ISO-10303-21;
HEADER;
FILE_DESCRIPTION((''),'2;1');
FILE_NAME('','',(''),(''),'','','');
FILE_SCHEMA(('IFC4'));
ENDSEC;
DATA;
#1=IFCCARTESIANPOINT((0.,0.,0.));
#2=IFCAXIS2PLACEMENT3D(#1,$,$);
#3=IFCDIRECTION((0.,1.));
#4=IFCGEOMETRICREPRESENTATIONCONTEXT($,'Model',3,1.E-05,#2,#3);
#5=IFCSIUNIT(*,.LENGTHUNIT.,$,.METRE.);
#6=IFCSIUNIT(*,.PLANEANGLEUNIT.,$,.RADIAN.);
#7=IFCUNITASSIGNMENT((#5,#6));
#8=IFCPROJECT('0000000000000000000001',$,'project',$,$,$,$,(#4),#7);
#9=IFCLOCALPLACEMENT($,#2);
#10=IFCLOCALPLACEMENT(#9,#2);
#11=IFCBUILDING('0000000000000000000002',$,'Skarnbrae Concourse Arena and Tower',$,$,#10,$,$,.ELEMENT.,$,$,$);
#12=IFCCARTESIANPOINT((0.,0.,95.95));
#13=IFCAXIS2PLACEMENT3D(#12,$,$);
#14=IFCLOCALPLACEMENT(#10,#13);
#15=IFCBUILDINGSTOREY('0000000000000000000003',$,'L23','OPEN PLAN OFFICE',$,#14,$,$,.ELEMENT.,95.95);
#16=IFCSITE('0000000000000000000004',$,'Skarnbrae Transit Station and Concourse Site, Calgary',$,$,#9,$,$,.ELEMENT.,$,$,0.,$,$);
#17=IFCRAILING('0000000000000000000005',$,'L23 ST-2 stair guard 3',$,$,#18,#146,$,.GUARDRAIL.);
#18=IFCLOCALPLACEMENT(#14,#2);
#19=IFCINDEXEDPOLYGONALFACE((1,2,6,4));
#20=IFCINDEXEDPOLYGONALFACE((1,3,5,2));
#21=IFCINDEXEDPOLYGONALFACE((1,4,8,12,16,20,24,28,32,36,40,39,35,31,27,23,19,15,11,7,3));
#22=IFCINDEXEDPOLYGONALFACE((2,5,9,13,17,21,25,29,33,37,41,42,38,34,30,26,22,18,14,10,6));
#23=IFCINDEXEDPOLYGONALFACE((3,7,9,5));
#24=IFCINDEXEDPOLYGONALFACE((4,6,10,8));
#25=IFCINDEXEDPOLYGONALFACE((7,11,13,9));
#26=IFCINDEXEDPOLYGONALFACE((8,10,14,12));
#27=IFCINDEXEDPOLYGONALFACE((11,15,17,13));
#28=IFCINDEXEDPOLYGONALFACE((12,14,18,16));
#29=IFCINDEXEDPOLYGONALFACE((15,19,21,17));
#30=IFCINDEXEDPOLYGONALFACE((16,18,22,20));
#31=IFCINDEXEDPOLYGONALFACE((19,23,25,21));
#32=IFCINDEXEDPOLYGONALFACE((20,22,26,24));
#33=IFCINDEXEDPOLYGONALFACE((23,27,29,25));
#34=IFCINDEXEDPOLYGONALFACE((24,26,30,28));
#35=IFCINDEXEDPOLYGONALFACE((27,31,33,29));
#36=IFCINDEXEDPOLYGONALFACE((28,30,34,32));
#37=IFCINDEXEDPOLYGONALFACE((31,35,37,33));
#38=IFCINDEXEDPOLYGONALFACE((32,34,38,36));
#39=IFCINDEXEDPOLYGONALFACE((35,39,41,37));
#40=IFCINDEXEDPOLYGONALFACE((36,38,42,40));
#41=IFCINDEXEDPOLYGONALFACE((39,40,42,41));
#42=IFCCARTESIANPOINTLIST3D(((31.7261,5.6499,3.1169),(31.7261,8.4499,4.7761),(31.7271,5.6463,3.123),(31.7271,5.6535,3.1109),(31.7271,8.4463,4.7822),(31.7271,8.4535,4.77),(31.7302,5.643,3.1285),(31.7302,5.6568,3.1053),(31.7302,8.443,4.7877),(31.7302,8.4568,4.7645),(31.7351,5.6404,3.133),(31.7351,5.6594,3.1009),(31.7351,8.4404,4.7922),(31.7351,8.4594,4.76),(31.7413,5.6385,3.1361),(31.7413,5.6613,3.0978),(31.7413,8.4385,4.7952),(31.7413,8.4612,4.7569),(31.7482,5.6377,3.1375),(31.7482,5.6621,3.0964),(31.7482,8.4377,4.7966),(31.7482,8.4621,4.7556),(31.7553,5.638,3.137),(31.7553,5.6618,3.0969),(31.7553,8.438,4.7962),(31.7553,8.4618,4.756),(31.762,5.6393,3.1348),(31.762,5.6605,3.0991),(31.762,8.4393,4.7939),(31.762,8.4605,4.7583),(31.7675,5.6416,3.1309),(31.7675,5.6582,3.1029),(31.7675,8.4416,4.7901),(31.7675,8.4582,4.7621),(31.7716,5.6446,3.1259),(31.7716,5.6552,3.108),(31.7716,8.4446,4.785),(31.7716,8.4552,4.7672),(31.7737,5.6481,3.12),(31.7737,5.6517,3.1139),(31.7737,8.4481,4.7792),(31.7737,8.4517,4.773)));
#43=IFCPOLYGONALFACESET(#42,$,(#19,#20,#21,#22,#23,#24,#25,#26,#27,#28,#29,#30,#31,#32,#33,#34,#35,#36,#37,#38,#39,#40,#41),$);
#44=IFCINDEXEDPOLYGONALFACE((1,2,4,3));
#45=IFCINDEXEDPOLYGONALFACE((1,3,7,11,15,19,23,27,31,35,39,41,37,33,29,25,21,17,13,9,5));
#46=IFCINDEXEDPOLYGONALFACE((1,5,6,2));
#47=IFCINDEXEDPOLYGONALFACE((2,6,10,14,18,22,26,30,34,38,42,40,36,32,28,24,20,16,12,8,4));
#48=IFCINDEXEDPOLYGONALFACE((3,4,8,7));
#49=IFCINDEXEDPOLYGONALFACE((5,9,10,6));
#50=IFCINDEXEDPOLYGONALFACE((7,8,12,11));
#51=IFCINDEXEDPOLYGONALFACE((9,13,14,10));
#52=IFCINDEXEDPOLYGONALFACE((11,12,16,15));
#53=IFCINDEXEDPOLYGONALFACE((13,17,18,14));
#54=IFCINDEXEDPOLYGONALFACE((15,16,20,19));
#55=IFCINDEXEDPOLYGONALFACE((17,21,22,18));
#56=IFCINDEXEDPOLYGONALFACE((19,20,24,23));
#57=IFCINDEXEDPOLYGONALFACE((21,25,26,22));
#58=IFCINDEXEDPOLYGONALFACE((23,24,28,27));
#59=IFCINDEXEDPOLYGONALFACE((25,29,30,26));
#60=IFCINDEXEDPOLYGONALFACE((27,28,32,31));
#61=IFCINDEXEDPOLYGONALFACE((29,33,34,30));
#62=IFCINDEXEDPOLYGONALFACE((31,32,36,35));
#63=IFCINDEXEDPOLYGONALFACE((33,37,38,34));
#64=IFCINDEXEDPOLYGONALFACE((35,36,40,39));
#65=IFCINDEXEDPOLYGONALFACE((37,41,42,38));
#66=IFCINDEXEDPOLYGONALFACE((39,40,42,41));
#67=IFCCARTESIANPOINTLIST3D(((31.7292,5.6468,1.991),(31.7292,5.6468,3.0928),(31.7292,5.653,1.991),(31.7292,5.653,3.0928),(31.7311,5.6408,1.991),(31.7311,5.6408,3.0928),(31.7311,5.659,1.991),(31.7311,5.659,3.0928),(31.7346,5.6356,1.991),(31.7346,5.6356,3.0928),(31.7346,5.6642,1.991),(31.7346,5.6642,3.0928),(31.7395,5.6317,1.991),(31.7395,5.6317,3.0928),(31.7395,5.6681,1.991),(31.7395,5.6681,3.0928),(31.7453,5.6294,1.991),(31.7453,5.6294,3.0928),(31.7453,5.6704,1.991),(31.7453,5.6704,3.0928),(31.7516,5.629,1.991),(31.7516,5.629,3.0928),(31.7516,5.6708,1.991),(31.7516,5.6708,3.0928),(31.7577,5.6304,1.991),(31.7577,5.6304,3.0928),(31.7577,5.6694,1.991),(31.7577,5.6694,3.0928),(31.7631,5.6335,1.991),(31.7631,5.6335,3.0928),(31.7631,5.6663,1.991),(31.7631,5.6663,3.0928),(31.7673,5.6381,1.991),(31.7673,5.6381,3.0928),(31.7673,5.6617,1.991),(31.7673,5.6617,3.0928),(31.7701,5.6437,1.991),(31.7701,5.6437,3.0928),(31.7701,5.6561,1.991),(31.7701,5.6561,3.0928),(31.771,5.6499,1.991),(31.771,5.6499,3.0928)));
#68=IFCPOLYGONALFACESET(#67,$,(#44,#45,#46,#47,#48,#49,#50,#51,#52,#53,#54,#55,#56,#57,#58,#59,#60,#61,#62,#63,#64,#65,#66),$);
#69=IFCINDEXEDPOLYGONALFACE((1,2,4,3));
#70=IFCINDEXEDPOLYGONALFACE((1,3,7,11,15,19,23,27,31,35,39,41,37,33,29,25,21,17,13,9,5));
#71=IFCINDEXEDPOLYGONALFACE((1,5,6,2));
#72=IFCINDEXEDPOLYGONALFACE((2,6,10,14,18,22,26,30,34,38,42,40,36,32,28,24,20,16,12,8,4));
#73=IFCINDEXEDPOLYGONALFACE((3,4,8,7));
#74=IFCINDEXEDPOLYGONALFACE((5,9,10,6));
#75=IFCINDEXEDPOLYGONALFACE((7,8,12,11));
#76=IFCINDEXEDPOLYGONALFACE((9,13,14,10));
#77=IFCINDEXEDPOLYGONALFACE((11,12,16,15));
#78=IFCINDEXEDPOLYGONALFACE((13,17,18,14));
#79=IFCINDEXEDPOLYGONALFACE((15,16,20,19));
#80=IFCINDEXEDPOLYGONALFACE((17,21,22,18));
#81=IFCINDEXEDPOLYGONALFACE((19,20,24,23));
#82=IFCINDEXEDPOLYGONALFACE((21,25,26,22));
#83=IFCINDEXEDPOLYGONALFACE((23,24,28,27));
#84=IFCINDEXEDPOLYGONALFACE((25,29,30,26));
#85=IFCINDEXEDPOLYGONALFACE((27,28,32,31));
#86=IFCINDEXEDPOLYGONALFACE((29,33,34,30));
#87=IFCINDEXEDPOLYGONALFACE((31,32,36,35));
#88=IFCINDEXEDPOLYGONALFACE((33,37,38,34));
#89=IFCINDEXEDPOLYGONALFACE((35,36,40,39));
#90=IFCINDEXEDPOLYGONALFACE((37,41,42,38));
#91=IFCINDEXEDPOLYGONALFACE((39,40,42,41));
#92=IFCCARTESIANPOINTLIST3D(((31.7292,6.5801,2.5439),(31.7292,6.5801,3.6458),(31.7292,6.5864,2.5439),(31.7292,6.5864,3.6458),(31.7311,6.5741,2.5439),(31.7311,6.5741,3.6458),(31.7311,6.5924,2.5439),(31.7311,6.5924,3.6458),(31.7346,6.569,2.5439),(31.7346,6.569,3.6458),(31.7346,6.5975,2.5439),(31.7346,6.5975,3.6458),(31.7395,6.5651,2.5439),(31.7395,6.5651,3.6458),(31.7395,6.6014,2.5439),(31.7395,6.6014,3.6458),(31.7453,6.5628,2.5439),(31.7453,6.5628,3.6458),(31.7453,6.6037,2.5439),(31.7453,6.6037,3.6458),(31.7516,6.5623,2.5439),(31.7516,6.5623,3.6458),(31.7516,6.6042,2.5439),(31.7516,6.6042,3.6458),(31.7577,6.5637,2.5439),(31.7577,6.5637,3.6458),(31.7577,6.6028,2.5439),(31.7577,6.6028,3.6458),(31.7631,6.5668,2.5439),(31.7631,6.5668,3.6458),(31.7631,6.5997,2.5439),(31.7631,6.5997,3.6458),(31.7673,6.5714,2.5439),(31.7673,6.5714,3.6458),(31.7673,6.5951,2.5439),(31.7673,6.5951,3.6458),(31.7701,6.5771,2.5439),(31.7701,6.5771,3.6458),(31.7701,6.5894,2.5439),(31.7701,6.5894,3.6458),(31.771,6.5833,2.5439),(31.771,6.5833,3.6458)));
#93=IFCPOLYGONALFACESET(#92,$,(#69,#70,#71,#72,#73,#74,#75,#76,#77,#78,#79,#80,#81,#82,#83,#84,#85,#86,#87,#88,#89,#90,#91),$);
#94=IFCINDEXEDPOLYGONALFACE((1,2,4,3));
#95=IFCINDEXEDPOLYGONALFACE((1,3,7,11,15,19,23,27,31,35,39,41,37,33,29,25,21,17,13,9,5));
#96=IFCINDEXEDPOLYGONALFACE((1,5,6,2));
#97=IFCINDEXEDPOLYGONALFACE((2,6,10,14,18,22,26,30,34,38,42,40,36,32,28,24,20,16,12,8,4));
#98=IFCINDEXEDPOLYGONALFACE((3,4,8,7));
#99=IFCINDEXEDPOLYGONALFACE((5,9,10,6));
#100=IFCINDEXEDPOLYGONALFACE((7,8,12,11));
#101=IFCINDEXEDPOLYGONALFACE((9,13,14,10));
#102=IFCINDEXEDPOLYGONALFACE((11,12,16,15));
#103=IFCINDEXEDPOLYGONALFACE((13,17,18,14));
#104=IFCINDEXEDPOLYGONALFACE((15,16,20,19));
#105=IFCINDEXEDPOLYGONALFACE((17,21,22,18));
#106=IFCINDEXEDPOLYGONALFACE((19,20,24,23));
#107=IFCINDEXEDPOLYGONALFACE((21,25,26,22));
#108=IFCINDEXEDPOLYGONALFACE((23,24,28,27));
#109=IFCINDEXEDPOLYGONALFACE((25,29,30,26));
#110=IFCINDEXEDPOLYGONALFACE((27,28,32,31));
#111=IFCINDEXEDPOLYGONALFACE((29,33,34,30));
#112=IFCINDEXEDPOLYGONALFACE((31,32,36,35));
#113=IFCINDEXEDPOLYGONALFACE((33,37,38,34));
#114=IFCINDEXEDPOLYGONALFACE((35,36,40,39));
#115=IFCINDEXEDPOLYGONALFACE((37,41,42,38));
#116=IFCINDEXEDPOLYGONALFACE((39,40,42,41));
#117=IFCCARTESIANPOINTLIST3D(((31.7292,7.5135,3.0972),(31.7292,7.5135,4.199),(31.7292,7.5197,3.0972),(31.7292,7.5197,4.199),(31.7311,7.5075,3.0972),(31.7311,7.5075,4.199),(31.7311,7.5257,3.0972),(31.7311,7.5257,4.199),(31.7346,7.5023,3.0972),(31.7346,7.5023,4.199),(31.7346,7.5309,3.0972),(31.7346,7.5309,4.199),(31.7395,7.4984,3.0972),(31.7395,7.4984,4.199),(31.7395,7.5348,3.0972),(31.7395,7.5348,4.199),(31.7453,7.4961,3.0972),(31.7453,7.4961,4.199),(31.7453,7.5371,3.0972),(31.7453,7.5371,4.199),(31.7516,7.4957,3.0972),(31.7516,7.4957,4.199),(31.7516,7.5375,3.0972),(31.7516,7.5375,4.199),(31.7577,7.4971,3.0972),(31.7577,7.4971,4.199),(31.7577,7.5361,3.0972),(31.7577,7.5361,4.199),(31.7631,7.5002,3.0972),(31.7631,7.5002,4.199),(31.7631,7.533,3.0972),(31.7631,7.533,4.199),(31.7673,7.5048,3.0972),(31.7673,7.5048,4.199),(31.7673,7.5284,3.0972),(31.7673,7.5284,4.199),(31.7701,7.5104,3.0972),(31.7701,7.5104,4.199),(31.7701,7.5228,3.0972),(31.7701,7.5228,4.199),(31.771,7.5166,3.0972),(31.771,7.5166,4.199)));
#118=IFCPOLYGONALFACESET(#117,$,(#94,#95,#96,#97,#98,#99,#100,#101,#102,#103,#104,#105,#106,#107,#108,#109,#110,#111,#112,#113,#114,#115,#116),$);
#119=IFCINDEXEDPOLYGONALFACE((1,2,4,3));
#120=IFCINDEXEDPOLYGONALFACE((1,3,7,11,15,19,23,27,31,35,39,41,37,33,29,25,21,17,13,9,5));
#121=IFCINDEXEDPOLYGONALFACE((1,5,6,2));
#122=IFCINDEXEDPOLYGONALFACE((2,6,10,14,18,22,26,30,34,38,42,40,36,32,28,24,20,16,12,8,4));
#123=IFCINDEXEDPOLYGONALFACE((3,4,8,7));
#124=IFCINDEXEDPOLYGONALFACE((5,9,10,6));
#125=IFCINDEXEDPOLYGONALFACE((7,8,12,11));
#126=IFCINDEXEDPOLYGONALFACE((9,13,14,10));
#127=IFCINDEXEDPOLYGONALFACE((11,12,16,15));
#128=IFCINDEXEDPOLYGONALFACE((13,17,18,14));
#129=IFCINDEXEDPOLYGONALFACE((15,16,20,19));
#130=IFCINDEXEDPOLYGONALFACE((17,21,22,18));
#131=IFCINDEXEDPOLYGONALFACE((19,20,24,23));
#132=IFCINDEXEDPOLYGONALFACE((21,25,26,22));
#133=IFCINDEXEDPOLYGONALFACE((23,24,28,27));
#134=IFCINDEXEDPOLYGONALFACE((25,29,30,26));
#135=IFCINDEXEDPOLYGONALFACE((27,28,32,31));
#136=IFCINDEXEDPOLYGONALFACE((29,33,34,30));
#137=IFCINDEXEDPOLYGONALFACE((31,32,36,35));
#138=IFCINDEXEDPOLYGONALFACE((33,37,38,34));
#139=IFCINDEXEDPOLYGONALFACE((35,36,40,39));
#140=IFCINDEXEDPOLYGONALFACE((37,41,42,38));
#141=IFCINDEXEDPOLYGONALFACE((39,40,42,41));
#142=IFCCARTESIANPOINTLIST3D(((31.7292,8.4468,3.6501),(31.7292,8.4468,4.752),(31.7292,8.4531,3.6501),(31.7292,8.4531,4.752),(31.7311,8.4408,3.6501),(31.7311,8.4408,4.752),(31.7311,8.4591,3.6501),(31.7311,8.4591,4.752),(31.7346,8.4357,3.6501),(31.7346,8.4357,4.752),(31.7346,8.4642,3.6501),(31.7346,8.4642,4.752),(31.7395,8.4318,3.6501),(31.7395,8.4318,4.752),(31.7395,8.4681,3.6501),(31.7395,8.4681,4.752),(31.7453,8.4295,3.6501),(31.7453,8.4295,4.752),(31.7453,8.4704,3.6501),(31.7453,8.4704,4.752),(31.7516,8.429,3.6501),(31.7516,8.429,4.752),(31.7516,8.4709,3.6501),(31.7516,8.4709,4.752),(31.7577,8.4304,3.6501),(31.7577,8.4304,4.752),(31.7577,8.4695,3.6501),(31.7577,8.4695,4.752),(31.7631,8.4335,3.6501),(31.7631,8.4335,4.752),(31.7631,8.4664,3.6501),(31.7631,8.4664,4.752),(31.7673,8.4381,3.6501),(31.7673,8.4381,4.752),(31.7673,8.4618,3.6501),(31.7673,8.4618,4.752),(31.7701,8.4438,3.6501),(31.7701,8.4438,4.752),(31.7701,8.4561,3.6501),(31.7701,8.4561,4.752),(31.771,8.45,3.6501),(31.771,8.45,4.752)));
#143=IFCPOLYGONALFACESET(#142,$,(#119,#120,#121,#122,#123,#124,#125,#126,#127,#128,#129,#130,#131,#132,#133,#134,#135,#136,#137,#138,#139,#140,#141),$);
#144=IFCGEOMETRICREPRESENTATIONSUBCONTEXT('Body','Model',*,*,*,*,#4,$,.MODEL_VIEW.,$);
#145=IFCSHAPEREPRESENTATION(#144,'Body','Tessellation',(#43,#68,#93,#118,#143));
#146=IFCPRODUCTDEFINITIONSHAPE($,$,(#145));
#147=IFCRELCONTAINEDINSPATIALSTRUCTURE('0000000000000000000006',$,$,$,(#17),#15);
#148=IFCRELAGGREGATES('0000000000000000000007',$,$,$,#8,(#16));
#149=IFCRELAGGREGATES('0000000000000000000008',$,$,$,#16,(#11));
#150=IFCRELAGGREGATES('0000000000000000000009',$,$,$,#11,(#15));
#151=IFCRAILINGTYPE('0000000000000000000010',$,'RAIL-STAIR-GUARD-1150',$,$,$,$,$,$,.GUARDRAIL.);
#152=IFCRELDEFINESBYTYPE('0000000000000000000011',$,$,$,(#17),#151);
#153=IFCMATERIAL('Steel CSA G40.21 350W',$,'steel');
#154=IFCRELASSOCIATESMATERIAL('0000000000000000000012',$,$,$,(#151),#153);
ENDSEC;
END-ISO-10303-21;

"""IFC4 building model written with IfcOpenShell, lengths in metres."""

from ifc_helpers import new_model, si_unit, direction, frame, origin, origin_2d, place, context, subcontext, project, spatial, circle, extrude, material, type_object, element, save


model = new_model("IFC4")

# Units and contexts
model_context = context("Model", 3, precision=1e-05, world=origin(), true_north=direction((0.0, 1.0)))
body_context = subcontext(model_context, "Body", "Model", "MODEL_VIEW")
ifc_project = project(units=[si_unit("LENGTHUNIT", "METRE"), si_unit("PLANEANGLEUNIT", "RADIAN")], contexts=[model_context])

# Site, building, storey
site_placement = place(None, origin())
site = spatial("IfcSite", under=ifc_project, at=site_placement, Name="Skarnbrae Transit Station and Concourse Site, Calgary", CompositionType="ELEMENT", RefElevation=0.0)
building_placement = place(site_placement, origin())
building = spatial("IfcBuilding", under=site, at=building_placement, Name="Skarnbrae Concourse Arena and Tower", CompositionType="ELEMENT")
storey_placement = place(building_placement, frame((0.0, 0.0, 95.95)))
storey = spatial("IfcBuildingStorey", under=building, at=storey_placement, Name="L23", Description="OPEN PLAN OFFICE", CompositionType="ELEMENT", Elevation=95.95)

# Shared definitions
ifc_material_1 = material(Name="Steel CSA G40.21 350W", Category="steel")

# Railing
railing_type_1 = type_object("IfcRailingType", Name="RAIL-STAIR-GUARD-1150", PredefinedType="GUARDRAIL", material=ifc_material_1)
railing_1_placement = place(storey_placement, frame((31.75, 5.6499, 1.991)))
element("IfcRailing", 1, at=railing_1_placement, inside=storey, type_object=railing_type_1, Name="L23 ST-2 stair guard 3", PredefinedType="GUARDRAIL", context=body_context, shape_type="SweptSolid", body=[
    extrude(circle(Radius=0.0239, at=origin_2d()), frame((0.0, 0.0, 1.126), z_axis=(0.0, 0.860306, 0.509778), x_axis=(-1.0, 0.0, 0.0)), (0.0, 0.0, 1.0), 3.2546),
    extrude(circle(Radius=0.021, at=origin_2d()), origin(), (0.0, 0.0, 1.0), 1.1018),
    extrude(circle(Radius=0.021, at=origin_2d()), frame((0.0, 0.9333, 0.553)), (0.0, 0.0, 1.0), 1.1018),
    extrude(circle(Radius=0.021, at=origin_2d()), frame((0.0, 1.8667, 1.1062)), (0.0, 0.0, 1.0), 1.1018),
    extrude(circle(Radius=0.021, at=origin_2d()), frame((0.0, 2.8, 1.6592)), (0.0, 0.0, 1.0), 1.1018),
])

save(model, "model.ifc")
